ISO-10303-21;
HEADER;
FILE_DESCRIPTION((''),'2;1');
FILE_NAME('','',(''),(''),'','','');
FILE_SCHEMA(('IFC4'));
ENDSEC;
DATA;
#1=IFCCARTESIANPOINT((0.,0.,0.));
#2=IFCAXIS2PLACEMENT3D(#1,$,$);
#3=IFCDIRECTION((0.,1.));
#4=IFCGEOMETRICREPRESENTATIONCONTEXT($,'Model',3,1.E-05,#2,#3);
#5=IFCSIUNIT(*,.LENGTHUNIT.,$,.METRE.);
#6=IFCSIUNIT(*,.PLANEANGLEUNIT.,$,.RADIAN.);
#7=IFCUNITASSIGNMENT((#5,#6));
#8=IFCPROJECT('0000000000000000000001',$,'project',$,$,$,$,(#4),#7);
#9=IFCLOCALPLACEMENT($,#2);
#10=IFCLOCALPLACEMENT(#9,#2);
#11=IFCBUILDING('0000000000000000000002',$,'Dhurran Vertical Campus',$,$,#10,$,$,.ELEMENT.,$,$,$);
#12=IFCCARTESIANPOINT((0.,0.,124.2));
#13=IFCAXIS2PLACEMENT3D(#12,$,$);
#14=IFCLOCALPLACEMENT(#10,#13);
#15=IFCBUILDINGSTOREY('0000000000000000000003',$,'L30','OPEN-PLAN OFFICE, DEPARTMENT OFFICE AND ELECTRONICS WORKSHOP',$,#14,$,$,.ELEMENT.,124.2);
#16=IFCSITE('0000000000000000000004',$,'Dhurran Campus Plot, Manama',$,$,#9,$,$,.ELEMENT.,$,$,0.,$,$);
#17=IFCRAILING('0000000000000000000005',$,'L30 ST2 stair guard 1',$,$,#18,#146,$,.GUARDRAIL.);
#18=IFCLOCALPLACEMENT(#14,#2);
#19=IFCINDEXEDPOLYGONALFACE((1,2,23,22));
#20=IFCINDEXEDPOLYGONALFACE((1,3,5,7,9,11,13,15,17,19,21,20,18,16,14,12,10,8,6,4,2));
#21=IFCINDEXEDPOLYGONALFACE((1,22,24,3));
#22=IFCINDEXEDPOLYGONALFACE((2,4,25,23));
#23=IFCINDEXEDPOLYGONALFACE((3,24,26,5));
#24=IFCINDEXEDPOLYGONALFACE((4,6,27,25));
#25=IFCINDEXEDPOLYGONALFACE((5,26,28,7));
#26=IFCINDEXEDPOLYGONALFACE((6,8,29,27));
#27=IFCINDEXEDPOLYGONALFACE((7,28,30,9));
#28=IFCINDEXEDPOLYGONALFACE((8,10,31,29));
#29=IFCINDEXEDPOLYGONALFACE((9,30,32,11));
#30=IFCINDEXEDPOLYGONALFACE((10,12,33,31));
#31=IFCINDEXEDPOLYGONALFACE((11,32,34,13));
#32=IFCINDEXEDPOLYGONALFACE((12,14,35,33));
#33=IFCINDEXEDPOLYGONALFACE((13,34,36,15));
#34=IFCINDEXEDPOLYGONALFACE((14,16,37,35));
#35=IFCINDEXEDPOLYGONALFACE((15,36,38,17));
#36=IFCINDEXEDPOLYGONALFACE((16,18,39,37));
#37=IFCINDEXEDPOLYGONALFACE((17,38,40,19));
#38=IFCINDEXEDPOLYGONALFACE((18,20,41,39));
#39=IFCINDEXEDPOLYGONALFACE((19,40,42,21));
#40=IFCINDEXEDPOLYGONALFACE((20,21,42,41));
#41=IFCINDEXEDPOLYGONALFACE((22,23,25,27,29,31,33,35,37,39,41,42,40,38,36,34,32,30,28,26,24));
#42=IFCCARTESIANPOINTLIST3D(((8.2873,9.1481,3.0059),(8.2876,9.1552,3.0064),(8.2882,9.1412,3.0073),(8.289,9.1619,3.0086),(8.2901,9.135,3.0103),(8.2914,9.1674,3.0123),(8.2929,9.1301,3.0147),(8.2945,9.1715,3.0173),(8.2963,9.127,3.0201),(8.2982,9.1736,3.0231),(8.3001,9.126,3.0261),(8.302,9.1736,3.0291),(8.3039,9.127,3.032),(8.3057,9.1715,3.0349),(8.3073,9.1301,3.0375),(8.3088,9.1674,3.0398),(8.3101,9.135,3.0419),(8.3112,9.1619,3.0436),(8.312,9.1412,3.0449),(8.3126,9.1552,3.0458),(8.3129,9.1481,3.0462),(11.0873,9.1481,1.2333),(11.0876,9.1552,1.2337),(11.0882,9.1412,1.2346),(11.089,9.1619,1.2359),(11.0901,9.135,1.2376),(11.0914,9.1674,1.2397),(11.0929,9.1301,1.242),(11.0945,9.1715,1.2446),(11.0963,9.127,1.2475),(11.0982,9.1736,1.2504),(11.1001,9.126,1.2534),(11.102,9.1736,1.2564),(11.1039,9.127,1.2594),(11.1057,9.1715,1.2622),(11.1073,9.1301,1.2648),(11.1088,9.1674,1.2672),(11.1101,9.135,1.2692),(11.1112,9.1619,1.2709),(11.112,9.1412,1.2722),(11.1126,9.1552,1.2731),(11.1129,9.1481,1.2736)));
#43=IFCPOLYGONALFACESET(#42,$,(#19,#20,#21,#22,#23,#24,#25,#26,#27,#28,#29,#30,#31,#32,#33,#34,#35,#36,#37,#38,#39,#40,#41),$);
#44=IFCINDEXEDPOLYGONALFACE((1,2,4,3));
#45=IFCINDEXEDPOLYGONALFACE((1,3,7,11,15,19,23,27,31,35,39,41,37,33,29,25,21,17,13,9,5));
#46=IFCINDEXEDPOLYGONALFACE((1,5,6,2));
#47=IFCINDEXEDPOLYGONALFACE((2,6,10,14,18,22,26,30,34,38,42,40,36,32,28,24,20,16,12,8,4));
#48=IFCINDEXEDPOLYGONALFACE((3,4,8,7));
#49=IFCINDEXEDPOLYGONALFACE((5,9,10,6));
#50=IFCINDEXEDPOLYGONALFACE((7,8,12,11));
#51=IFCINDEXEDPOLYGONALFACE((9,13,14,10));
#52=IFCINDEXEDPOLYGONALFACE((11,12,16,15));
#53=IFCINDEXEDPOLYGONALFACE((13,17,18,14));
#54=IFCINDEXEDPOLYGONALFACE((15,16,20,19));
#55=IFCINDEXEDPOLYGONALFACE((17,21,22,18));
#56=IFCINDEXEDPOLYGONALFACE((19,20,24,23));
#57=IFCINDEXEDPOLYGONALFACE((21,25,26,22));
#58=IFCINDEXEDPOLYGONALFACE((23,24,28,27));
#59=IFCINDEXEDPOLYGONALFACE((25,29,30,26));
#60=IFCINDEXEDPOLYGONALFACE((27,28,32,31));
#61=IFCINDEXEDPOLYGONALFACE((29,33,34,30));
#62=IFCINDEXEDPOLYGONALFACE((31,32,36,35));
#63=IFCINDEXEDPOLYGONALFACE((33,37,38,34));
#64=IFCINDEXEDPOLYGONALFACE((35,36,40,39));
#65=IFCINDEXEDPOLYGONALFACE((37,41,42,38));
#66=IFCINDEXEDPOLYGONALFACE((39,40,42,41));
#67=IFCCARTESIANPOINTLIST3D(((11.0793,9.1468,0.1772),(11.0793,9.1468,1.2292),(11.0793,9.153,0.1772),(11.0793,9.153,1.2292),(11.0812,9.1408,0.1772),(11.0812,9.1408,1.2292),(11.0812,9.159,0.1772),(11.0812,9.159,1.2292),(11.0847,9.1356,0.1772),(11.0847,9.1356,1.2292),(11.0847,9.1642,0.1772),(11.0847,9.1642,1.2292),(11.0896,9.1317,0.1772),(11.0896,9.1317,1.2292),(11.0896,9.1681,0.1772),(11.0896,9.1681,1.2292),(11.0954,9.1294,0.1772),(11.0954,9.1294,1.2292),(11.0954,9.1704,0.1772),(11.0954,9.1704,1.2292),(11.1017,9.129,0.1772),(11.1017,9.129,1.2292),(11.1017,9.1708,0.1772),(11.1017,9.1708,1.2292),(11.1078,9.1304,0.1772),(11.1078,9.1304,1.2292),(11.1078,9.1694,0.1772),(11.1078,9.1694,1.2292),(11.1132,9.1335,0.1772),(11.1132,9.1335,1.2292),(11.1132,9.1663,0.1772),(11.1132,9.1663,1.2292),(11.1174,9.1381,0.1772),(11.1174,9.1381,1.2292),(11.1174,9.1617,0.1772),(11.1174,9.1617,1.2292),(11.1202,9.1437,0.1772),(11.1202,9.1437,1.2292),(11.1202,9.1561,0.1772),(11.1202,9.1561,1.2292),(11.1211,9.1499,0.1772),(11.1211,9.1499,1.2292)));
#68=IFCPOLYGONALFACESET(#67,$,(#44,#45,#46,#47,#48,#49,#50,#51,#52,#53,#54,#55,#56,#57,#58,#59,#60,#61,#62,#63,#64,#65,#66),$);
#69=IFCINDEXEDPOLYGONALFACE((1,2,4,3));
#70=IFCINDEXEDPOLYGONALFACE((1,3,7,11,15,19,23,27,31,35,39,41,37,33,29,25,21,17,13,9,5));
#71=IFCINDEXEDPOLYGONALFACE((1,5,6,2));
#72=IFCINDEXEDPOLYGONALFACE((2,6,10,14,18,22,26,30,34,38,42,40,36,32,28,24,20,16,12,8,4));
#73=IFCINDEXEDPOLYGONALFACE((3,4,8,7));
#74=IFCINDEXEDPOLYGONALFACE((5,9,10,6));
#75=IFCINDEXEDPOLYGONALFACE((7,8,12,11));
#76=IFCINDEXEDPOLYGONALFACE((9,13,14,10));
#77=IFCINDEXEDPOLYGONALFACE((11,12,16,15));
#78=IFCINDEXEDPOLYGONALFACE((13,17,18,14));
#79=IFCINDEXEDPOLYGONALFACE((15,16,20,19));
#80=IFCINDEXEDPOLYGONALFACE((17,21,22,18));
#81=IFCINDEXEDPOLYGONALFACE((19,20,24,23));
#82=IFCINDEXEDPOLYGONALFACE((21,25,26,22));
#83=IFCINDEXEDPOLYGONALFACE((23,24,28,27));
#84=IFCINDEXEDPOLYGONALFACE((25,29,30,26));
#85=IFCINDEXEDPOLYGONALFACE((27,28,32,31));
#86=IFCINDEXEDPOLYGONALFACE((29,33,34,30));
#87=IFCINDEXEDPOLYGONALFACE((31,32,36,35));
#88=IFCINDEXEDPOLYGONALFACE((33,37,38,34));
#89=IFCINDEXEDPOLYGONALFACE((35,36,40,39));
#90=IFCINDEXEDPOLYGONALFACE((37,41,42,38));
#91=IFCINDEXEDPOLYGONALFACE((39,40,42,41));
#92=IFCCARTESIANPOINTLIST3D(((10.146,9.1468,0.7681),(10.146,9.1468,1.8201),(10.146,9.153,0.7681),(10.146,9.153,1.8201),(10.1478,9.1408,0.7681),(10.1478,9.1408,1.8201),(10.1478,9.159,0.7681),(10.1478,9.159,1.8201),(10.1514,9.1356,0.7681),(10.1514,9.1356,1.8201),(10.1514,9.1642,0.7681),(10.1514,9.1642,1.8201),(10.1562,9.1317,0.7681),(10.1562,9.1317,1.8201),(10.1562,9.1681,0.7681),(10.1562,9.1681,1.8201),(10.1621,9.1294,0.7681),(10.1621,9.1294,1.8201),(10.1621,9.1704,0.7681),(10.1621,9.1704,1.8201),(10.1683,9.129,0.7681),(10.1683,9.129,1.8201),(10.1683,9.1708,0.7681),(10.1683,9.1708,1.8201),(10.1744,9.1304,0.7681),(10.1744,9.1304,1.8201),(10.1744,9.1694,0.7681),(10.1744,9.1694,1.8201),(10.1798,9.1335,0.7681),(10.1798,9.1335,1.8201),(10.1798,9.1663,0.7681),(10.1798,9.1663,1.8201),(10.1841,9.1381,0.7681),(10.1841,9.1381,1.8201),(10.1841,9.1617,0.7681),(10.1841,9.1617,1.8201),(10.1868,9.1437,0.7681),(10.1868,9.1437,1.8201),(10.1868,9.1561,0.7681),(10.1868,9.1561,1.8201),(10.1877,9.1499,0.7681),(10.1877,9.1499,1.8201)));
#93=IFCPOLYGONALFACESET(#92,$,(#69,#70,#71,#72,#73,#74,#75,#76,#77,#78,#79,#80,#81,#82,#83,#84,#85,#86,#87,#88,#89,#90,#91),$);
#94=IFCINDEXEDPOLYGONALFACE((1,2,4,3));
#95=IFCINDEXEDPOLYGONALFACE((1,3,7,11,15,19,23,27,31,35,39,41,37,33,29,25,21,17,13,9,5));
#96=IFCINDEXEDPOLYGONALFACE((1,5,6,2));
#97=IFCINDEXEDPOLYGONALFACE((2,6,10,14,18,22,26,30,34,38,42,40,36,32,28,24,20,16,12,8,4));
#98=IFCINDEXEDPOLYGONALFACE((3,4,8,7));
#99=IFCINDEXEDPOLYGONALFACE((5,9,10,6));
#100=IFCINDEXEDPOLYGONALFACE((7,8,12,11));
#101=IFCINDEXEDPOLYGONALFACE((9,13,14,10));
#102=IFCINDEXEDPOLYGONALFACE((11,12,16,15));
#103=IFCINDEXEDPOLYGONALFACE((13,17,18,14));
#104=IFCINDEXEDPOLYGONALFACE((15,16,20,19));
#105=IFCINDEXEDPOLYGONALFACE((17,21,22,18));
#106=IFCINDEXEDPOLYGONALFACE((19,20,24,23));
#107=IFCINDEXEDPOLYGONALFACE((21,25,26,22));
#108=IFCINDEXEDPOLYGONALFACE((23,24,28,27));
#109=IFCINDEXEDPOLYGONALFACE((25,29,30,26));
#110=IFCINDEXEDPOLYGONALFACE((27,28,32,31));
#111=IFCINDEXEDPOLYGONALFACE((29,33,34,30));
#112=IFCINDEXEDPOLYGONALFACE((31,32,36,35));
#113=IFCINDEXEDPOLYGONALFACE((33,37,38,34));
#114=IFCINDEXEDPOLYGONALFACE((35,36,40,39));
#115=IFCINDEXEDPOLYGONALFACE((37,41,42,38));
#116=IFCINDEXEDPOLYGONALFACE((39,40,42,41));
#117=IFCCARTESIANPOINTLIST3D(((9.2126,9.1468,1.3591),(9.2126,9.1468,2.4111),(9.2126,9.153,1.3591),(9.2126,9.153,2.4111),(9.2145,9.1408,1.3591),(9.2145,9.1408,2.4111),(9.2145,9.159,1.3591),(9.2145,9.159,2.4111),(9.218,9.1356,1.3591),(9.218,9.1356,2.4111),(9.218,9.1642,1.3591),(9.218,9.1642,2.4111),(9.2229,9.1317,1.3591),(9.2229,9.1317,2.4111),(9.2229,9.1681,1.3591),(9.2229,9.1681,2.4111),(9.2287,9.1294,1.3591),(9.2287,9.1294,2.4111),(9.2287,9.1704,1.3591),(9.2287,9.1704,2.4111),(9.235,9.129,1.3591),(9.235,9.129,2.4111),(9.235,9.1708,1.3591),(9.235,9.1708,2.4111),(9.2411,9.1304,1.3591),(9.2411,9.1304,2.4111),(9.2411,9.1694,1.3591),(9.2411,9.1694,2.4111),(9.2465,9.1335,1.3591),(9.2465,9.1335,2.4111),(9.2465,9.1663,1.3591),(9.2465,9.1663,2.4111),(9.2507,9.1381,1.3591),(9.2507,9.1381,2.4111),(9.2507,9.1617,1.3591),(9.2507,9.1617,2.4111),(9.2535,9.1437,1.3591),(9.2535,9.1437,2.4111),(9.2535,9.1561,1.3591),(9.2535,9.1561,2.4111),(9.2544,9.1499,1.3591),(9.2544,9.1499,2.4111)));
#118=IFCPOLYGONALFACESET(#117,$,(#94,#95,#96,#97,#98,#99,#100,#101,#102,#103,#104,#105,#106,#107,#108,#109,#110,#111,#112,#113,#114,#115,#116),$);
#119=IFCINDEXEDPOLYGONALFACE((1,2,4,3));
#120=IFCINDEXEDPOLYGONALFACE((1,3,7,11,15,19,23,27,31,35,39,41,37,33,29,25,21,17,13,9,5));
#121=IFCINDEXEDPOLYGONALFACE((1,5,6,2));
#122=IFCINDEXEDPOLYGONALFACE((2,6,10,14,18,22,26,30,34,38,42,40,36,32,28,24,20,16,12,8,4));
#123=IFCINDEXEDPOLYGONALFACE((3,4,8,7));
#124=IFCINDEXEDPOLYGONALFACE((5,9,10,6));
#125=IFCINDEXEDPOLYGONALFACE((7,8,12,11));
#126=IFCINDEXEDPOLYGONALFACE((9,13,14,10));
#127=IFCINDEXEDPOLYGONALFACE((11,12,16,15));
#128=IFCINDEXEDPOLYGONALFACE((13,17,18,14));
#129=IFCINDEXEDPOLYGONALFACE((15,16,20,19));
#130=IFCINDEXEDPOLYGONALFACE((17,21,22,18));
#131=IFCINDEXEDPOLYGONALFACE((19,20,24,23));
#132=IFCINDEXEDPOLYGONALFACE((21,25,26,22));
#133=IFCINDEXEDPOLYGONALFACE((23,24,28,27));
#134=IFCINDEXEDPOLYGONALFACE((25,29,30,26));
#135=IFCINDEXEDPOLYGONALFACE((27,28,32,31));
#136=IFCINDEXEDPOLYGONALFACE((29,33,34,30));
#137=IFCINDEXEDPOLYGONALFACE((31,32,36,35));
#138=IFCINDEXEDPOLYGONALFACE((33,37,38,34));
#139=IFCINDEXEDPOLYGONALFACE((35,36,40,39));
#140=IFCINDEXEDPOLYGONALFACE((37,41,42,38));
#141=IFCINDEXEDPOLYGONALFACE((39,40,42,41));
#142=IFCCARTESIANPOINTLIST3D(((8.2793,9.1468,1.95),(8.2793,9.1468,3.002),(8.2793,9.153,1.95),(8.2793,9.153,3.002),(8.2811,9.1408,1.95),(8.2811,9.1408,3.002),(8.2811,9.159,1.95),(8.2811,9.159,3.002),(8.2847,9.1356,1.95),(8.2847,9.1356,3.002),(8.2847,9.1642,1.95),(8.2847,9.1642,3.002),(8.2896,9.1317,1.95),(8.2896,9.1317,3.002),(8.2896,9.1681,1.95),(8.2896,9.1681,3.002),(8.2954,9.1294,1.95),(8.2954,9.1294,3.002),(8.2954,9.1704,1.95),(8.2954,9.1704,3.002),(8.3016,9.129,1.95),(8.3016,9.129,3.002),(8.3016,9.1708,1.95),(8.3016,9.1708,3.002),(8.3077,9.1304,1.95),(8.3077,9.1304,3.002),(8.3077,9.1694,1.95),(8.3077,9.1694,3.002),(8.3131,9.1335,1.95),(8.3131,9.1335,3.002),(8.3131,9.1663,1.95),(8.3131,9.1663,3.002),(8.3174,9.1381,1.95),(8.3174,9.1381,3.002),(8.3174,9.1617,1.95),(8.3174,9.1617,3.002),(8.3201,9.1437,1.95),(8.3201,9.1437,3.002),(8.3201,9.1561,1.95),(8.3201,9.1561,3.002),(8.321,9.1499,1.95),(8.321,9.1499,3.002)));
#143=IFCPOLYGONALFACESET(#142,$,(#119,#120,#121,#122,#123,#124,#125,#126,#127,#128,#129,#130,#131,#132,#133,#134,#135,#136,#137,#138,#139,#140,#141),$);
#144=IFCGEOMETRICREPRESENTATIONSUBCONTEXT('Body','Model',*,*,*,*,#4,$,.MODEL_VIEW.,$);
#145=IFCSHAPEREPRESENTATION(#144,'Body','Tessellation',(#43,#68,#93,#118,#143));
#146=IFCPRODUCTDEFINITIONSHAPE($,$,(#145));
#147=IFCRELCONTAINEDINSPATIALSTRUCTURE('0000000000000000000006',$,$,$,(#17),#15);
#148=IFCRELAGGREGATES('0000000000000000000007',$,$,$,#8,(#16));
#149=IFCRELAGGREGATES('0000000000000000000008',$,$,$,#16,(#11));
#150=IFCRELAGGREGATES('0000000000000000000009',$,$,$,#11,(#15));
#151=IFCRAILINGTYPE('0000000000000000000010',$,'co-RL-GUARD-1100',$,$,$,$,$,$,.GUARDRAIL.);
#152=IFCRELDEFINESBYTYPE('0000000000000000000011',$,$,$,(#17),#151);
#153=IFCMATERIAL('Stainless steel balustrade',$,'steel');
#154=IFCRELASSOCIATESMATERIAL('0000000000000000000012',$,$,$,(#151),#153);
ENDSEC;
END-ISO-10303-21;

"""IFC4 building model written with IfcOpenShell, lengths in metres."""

from ifc_helpers import new_model, si_unit, direction, frame, origin, origin_2d, place, context, subcontext, project, spatial, circle, extrude, material, type_object, element, save


model = new_model("IFC4")

# Units and contexts
model_context = context("Model", 3, precision=1e-05, world=origin(), true_north=direction((0.0, 1.0)))
body_context = subcontext(model_context, "Body", "Model", "MODEL_VIEW")
ifc_project = project(units=[si_unit("LENGTHUNIT", "METRE"), si_unit("PLANEANGLEUNIT", "RADIAN")], contexts=[model_context])

# Site, building, storey
site_placement = place(None, origin())
site = spatial("IfcSite", under=ifc_project, at=site_placement, Name="Dhurran Campus Plot, Manama", CompositionType="ELEMENT", RefElevation=0.0)
building_placement = place(site_placement, origin())
building = spatial("IfcBuilding", under=site, at=building_placement, Name="Dhurran Vertical Campus", CompositionType="ELEMENT")
storey_placement = place(building_placement, frame((0.0, 0.0, 124.2)))
storey = spatial("IfcBuildingStorey", under=building, at=storey_placement, Name="L30", Description="OPEN-PLAN OFFICE, DEPARTMENT OFFICE AND ELECTRONICS WORKSHOP", CompositionType="ELEMENT", Elevation=124.2)

# Railing
ifc_material_1 = material(Name="Stainless steel balustrade", Category="steel")
railing_type_1 = type_object("IfcRailingType", Name="co-RL-GUARD-1100", PredefinedType="GUARDRAIL", material=ifc_material_1)
railing_1_placement = place(storey_placement, frame((11.1001, 9.1499, 0.1772)))
element("IfcRailing", 1, at=railing_1_placement, inside=storey, type_object=railing_type_1, Name="L30 ST2 stair guard 1", PredefinedType="GUARDRAIL", context=body_context, shape_type="SweptSolid", body=[
    extrude(circle(Radius=0.0239, at=origin_2d()), frame((0.0, 0.0, 1.0762), z_axis=(-0.844909, 0.0, 0.53491), x_axis=(0.0, -1.0, 0.0)), (0.0, 0.0, 1.0), 3.314),
    extrude(circle(Radius=0.021, at=origin_2d()), origin(), (0.0, 0.0, 1.0), 1.052),
    extrude(circle(Radius=0.021, at=origin_2d()), frame((-0.9333, 0.0, 0.5908)), (0.0, 0.0, 1.0), 1.052),
    extrude(circle(Radius=0.021, at=origin_2d()), frame((-1.8667, 0.0, 1.1819)), (0.0, 0.0, 1.0), 1.052),
    extrude(circle(Radius=0.021, at=origin_2d()), frame((-2.8, 0.0, 1.7727)), (0.0, 0.0, 1.0), 1.052),
])

save(model, "model.ifc")
